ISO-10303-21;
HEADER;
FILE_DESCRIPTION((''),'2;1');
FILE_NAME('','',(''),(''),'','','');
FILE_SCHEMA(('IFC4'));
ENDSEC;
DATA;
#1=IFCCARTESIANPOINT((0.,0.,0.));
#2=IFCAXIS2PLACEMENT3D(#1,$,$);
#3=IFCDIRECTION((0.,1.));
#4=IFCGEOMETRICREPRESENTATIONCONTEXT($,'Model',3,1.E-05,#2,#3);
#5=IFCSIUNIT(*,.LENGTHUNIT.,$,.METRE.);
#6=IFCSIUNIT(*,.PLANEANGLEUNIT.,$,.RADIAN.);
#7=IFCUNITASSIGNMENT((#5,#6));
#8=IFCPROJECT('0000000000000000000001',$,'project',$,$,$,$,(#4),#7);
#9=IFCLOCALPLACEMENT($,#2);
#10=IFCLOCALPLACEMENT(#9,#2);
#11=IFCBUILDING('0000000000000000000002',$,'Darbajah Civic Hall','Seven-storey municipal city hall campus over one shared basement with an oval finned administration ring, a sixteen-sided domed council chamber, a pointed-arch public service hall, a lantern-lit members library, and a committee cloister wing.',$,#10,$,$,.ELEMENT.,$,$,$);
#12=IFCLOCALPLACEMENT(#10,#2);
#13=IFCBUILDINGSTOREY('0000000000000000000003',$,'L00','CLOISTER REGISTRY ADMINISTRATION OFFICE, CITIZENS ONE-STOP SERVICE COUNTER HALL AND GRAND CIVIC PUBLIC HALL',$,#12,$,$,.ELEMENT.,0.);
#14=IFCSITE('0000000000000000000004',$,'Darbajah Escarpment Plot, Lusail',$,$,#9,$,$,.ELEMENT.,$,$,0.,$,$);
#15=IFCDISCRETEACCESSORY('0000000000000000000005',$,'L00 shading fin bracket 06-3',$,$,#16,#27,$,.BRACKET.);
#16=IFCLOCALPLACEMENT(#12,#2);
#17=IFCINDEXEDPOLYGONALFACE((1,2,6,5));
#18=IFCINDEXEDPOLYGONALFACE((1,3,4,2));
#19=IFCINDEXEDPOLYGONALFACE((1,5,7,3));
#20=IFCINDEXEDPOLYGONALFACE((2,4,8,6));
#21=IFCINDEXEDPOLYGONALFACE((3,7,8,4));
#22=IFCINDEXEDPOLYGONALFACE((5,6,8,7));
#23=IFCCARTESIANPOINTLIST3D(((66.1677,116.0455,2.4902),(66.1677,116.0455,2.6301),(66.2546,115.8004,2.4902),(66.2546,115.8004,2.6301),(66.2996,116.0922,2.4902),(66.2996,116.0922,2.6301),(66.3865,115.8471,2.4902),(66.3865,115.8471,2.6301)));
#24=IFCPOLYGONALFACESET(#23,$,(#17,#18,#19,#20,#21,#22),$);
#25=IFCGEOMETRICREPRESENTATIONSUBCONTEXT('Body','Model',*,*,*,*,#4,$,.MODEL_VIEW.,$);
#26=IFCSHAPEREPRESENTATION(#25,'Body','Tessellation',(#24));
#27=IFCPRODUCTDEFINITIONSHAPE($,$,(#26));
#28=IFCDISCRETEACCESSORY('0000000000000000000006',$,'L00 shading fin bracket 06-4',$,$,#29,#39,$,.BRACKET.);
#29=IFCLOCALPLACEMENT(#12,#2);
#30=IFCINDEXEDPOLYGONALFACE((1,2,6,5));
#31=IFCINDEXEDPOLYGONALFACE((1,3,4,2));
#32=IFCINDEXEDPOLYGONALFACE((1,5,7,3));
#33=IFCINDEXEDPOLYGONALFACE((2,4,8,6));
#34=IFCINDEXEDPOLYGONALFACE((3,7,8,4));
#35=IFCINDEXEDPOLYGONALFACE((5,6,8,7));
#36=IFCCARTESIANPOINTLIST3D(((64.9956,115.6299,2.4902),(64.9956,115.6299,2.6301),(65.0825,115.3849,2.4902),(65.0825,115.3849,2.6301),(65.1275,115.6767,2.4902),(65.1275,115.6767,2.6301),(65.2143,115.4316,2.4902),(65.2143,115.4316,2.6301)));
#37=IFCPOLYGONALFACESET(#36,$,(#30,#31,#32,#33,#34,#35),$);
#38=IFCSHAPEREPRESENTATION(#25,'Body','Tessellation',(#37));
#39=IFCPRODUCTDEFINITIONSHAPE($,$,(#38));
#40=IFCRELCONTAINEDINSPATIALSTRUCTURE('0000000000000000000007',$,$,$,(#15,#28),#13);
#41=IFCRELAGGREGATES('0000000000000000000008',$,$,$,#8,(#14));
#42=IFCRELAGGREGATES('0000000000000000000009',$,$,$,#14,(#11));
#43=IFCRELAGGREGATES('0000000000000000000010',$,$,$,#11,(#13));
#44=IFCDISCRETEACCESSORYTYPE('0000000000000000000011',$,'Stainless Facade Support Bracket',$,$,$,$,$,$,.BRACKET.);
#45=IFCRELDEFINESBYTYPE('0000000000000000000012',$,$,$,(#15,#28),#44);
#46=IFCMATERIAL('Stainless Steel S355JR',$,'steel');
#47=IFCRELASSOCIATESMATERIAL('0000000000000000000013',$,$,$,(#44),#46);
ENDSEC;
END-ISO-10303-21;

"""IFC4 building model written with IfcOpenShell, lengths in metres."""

from ifc_helpers import new_model, si_unit, direction, frame, origin, origin_2d, place, context, subcontext, project, spatial, rectangle, extrude, material, type_object, element, save


model = new_model("IFC4")

# Units and contexts
model_context = context("Model", 3, precision=1e-05, world=origin(), true_north=direction((0.0, 1.0)))
body_context = subcontext(model_context, "Body", "Model", "MODEL_VIEW")
ifc_project = project(units=[si_unit("LENGTHUNIT", "METRE"), si_unit("PLANEANGLEUNIT", "RADIAN")], contexts=[model_context])

# Site, building, storey
site_placement = place(None, origin())
site = spatial("IfcSite", under=ifc_project, at=site_placement, Name="Darbajah Escarpment Plot, Lusail", CompositionType="ELEMENT", RefElevation=0.0)
building_placement = place(site_placement, origin())
building = spatial("IfcBuilding", under=site, at=building_placement, Name="Darbajah Civic Hall", Description="Seven-storey municipal city hall campus over one shared basement with an oval finned administration ring, a sixteen-sided domed council chamber, a pointed-arch public service hall, a lantern-lit members library, and a committee cloister wing.", CompositionType="ELEMENT")
storey_placement = place(building_placement, origin())
storey = spatial("IfcBuildingStorey", under=building, at=storey_placement, Name="L00", Description="CLOISTER REGISTRY ADMINISTRATION OFFICE, CITIZENS ONE-STOP SERVICE COUNTER HALL AND GRAND CIVIC PUBLIC HALL", CompositionType="ELEMENT", Elevation=0.0)

# Discrete accessories
ifc_material_1 = material(Name="Stainless Steel S355JR", Category="steel")
discrete_accessory_type = type_object("IfcDiscreteAccessoryType", Name="Stainless Facade Support Bracket", PredefinedType="BRACKET", material=ifc_material_1)
for number, where, z_axis, x_axis, name in (
    (1, (66.2771, 115.9463, 2.4902), (0.0, 0.0, 1.0), (-0.334136, 0.942525, 0.0), "L00 shading fin bracket 06-3"),
    (2, (65.105, 115.5308, 2.4902), (0.0, 0.0, 1.0), (-0.334136, 0.942525, 0.0), "L00 shading fin bracket 06-4"),
):
    element("IfcDiscreteAccessory", number, at=place(storey_placement, frame(where, z_axis=z_axis, x_axis=x_axis)), inside=storey, type_object=discrete_accessory_type, Name=name, PredefinedType="BRACKET", context=body_context, shape_type="SweptSolid", body=[
        extrude(rectangle(XDim=0.26, YDim=0.1399, at=origin_2d()), origin(), (0.0, 0.0, 1.0), 0.1399),
    ])

save(model, "model.ifc")
